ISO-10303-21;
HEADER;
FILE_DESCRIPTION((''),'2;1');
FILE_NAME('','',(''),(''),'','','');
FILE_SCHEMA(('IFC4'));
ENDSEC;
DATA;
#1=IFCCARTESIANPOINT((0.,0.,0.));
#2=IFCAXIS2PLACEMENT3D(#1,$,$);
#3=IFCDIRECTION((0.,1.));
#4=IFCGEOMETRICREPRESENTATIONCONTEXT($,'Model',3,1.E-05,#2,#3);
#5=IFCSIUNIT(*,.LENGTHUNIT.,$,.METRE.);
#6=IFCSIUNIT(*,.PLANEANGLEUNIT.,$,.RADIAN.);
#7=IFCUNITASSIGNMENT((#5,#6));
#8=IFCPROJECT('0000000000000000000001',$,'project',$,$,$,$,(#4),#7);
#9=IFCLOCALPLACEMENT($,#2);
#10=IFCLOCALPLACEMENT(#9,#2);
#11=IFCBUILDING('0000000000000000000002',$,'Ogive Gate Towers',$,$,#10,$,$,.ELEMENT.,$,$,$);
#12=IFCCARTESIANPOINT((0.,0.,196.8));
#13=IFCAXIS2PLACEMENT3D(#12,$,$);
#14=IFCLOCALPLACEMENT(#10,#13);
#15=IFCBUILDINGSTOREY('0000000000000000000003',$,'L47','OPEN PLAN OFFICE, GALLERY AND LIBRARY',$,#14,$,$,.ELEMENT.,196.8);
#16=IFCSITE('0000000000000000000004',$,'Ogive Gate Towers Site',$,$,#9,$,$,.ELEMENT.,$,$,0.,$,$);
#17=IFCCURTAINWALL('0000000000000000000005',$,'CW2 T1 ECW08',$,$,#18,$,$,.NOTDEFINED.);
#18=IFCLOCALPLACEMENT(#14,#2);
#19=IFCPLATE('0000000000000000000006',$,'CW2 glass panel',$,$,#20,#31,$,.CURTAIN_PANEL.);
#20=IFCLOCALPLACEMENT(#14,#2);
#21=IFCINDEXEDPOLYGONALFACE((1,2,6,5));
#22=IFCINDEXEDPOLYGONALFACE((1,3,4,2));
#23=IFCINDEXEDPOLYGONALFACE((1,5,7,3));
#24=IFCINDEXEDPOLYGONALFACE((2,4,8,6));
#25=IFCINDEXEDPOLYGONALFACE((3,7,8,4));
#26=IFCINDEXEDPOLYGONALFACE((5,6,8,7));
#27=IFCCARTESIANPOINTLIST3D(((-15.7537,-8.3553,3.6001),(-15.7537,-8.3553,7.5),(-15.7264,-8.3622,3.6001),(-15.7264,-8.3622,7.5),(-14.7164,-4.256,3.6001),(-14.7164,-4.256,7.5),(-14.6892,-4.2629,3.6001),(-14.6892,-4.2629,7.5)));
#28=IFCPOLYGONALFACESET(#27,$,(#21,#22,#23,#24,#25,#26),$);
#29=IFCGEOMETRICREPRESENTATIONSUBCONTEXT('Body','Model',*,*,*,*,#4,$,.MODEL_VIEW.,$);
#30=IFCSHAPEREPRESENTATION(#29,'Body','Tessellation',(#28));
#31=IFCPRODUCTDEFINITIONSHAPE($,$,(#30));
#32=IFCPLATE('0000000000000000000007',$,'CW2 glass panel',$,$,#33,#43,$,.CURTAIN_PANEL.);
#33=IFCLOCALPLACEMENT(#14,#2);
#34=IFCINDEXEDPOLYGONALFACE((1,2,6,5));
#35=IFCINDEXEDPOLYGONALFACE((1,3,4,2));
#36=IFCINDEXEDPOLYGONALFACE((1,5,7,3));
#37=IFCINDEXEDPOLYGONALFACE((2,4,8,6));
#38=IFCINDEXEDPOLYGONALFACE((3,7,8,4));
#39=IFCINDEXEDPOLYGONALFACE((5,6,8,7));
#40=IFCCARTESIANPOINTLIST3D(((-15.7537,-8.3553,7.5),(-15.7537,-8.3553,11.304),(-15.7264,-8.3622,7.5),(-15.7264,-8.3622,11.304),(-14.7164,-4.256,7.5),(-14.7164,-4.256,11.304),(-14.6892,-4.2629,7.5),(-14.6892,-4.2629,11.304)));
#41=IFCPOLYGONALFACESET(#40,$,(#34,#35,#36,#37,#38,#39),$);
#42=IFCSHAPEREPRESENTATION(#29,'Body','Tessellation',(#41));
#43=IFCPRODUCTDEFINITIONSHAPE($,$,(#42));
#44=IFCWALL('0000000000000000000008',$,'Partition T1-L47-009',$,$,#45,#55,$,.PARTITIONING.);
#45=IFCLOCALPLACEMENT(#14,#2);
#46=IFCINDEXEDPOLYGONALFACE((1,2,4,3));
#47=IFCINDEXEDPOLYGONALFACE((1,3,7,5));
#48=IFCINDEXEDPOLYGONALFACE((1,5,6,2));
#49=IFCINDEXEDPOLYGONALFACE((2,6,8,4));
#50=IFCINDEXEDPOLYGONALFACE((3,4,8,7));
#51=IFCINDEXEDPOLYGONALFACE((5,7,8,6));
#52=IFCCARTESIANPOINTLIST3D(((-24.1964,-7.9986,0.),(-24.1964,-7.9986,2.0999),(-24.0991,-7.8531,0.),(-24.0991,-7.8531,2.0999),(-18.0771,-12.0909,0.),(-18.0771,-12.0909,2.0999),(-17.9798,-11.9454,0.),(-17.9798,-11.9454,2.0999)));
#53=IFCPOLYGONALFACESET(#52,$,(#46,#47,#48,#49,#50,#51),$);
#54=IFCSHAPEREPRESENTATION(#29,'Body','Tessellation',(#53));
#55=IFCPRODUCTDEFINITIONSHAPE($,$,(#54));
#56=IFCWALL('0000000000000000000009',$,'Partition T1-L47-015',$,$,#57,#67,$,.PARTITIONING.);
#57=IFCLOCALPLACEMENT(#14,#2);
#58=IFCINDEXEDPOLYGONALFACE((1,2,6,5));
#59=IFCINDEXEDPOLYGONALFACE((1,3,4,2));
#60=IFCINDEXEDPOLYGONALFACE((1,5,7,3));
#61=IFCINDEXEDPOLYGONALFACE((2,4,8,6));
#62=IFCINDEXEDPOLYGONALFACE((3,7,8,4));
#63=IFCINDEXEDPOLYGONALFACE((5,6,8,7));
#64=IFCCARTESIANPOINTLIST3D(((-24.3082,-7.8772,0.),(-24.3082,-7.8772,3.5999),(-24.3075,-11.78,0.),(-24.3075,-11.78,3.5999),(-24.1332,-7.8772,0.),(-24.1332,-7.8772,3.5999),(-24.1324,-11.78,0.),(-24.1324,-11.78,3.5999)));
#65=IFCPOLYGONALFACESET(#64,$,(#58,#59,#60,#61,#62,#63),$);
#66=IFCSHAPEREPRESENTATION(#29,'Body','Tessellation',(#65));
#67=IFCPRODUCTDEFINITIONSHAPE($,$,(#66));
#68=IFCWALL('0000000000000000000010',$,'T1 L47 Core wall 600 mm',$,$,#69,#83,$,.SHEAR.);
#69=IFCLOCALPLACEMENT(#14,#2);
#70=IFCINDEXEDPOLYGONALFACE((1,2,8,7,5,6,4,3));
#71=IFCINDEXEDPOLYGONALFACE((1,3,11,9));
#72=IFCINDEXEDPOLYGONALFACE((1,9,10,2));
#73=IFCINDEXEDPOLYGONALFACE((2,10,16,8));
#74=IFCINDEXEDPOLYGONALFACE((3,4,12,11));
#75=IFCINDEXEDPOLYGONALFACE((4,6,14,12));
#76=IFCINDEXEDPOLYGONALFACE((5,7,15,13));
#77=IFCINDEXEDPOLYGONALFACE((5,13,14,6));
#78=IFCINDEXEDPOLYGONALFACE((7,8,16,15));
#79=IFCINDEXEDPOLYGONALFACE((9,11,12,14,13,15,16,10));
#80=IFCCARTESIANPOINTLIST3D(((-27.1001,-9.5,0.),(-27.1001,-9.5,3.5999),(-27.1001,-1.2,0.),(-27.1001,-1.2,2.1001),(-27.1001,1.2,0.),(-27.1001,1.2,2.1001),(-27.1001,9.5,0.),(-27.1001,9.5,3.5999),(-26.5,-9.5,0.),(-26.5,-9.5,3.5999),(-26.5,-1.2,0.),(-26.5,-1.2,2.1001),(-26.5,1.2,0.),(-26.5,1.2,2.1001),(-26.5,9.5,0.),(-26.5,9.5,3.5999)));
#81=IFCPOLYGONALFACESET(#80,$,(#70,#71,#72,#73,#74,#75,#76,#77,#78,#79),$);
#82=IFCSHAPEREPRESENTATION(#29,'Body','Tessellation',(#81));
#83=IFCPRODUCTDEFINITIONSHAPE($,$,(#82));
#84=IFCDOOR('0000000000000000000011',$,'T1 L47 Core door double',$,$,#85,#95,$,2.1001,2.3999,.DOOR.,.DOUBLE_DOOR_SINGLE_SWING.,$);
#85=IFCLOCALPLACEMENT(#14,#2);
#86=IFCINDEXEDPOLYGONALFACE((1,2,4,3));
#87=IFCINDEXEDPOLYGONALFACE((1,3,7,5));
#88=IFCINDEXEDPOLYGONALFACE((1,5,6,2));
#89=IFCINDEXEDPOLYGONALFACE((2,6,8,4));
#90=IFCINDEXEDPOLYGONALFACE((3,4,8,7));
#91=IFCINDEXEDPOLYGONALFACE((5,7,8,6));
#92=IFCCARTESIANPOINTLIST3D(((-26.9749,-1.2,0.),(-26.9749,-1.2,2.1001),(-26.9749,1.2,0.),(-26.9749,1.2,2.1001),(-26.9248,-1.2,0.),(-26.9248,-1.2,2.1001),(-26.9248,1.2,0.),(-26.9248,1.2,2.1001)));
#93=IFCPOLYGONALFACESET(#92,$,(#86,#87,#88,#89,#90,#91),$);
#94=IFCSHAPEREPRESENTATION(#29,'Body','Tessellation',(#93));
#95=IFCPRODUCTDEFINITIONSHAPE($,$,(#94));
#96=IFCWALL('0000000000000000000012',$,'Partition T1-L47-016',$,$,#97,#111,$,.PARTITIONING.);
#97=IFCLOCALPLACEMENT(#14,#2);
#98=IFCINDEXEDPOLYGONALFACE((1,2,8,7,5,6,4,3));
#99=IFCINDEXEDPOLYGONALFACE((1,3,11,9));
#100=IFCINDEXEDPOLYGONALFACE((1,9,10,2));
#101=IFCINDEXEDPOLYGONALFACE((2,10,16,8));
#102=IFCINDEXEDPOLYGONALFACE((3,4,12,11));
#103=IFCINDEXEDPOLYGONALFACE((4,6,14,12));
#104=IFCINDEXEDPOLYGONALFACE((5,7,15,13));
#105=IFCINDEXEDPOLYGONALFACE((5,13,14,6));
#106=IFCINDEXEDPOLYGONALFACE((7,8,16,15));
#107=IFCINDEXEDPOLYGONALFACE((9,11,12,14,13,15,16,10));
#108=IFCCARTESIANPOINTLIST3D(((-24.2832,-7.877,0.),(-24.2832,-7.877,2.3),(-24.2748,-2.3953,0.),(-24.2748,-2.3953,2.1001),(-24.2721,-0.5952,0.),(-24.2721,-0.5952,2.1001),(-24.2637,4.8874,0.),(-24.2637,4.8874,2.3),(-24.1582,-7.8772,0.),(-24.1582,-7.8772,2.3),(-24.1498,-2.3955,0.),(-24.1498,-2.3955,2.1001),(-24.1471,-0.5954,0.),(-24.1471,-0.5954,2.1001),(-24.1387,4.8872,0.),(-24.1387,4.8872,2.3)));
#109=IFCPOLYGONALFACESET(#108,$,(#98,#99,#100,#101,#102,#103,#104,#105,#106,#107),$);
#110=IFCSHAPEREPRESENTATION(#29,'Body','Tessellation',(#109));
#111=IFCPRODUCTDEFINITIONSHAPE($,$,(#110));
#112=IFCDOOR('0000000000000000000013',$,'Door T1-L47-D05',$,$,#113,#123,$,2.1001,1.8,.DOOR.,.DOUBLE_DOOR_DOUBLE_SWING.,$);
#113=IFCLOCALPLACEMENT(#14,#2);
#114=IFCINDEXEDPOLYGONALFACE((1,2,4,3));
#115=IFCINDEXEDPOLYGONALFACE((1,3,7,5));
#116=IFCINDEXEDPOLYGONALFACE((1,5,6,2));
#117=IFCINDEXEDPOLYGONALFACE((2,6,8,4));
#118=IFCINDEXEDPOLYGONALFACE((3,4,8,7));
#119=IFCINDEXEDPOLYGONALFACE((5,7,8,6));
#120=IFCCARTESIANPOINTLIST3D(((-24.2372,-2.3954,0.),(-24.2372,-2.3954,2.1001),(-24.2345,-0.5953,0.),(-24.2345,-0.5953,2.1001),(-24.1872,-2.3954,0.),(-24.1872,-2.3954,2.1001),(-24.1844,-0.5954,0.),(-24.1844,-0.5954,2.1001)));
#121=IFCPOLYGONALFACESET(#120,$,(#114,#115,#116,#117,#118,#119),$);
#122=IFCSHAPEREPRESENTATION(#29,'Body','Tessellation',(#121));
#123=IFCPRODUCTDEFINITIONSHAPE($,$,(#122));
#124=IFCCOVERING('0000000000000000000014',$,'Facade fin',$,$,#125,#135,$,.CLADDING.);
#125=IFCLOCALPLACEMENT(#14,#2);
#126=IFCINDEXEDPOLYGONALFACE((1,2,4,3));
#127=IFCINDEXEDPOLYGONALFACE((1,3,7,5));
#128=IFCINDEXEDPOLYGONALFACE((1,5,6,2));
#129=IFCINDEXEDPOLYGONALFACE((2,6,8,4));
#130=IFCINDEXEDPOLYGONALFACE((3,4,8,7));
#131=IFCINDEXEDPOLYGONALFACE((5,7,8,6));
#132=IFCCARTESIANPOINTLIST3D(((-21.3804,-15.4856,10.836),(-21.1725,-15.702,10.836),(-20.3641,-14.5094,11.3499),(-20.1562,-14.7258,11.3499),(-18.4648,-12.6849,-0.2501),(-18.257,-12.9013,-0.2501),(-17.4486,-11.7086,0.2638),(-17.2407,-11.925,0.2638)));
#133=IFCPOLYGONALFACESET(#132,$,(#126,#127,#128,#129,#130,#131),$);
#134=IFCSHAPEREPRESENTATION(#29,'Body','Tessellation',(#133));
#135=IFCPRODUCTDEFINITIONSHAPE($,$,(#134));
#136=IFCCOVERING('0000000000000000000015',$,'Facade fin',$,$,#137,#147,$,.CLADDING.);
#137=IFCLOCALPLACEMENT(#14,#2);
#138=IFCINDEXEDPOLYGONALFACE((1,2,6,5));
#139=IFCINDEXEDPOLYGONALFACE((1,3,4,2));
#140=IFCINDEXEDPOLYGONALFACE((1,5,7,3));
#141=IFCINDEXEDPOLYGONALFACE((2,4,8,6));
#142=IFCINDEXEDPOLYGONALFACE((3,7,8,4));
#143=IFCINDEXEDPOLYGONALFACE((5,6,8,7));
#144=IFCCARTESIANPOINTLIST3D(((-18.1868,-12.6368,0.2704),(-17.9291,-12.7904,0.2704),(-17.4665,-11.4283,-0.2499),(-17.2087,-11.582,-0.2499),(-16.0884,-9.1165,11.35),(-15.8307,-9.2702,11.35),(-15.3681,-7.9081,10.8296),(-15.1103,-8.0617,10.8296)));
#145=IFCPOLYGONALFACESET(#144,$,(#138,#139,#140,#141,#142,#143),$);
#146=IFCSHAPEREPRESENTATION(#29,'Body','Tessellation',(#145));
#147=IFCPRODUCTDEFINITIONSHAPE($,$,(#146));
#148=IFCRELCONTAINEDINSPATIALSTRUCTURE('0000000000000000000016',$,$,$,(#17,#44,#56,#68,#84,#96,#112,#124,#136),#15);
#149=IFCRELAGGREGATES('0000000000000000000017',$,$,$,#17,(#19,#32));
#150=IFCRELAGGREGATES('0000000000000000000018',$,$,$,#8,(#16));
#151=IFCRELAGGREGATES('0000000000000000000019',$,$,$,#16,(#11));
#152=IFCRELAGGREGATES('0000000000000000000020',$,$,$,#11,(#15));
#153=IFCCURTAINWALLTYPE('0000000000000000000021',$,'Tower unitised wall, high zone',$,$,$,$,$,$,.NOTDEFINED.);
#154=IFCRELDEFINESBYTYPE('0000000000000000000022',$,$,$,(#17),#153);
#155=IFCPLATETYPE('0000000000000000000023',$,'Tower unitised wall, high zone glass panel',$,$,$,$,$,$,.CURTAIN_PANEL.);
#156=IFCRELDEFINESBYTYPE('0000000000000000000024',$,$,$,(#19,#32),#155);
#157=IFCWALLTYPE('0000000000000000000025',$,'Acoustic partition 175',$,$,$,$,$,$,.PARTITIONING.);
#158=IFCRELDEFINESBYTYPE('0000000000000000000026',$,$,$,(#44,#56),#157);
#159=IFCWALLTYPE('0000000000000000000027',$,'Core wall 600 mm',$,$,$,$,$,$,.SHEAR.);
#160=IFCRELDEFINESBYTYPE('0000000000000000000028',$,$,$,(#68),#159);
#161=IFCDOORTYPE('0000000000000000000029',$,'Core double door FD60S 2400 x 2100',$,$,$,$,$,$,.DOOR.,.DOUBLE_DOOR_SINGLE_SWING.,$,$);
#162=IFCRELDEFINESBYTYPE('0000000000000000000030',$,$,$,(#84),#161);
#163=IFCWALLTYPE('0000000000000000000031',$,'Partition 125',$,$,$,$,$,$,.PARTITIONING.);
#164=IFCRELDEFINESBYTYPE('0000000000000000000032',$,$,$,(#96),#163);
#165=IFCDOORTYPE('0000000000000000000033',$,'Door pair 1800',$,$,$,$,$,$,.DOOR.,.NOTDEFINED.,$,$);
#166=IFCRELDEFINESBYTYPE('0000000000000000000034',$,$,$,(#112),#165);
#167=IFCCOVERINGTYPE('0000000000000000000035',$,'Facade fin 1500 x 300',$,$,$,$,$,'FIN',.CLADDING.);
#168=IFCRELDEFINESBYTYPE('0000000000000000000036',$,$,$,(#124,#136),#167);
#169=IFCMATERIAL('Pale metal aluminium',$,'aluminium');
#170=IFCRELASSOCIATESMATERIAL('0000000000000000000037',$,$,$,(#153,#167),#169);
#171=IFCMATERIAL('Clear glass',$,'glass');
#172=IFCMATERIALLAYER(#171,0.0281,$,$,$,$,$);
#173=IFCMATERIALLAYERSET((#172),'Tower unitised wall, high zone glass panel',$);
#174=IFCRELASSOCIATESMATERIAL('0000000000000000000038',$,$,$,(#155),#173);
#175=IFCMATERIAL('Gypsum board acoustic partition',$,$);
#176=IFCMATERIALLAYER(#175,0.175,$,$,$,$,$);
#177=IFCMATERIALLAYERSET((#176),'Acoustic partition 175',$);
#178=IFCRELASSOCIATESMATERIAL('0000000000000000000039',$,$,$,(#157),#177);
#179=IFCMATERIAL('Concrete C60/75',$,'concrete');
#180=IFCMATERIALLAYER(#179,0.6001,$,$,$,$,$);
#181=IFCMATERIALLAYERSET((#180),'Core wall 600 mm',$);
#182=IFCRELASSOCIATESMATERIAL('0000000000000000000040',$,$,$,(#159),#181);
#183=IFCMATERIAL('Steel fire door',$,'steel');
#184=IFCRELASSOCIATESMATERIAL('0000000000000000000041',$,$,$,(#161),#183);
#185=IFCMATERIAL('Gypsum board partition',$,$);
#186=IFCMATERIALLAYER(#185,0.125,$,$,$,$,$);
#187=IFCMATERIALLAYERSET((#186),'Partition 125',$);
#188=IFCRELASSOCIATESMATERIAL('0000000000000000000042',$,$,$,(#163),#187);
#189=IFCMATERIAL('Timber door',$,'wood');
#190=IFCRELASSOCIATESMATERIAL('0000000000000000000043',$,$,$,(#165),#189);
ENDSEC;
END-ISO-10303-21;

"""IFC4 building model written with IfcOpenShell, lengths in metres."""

from ifc_helpers import new_model, si_unit, direction, frame, frame_2d, origin, origin_2d, place, context, subcontext, project, spatial, rectangle, extrude, material, layer, layer_set, material_profile, profile_set, type_object, element, fill, aggregate, save


model = new_model("IFC4")

# Units and contexts
model_context = context("Model", 3, precision=1e-05, world=origin(), true_north=direction((0.0, 1.0)))
body_context = subcontext(model_context, "Body", "Model", "MODEL_VIEW")
ifc_project = project(units=[si_unit("LENGTHUNIT", "METRE"), si_unit("PLANEANGLEUNIT", "RADIAN")], contexts=[model_context])

# Site, building, storey
site_placement = place(None, origin())
site = spatial("IfcSite", under=ifc_project, at=site_placement, Name="Ogive Gate Towers Site", CompositionType="ELEMENT", RefElevation=0.0)
building_placement = place(site_placement, origin())
building = spatial("IfcBuilding", under=site, at=building_placement, Name="Ogive Gate Towers", CompositionType="ELEMENT")
storey_placement = place(building_placement, frame((0.0, 0.0, 196.8)))
storey = spatial("IfcBuildingStorey", under=building, at=storey_placement, Name="L47", Description="OPEN PLAN OFFICE, GALLERY AND LIBRARY", CompositionType="ELEMENT", Elevation=196.8)

# Curtain wall, plates
ifc_material_1 = material(Name="Pale metal aluminium", Category="aluminium")
curtain_wall_type = type_object("IfcCurtainWallType", Name="Tower unitised wall, high zone", PredefinedType="NOTDEFINED", material=ifc_material_1)
curtain_wall_placement = place(storey_placement, origin())
curtain_wall = element("IfcCurtainWall", 1, at=curtain_wall_placement, inside=storey, type_object=curtain_wall_type, Name="CW2 T1 ECW08", PredefinedType="NOTDEFINED")
ifc_material_2 = material(Name="Clear glass", Category="glass")
ifc_layer_1 = layer(ifc_material_2, 0.0281)
ifc_layer_set_1 = layer_set([ifc_layer_1], Name="Tower unitised wall, high zone glass panel")
plate_type = type_object("IfcPlateType", Name="Tower unitised wall, high zone glass panel", PredefinedType="CURTAIN_PANEL", material=ifc_layer_set_1)
plate_1_placement = place(storey_placement, frame((-15.2214, -6.3091, 3.6001), z_axis=(0.0, 0.0, 1.0), x_axis=(0.24529, 0.96945, 0.0)))
plate_1 = element("IfcPlate", 2, at=plate_1_placement, type_object=plate_type, Name="CW2 glass panel", PredefinedType="CURTAIN_PANEL", context=body_context, shape_type="SweptSolid", body=[
    extrude(rectangle(XDim=4.2285, YDim=0.0281, at=origin_2d()), origin(), (0.0, 0.0, 1.0), 3.8999),
])
plate_2_placement = place(storey_placement, frame((-15.2214, -6.3091, 7.5), z_axis=(0.0, 0.0, 1.0), x_axis=(0.24529, 0.96945, 0.0)))
plate_2 = element("IfcPlate", 3, at=plate_2_placement, type_object=plate_type, Name="CW2 glass panel", PredefinedType="CURTAIN_PANEL", context=body_context, shape_type="SweptSolid", body=[
    extrude(rectangle(XDim=4.2285, YDim=0.0281, at=origin_2d()), origin(), (0.0, 0.0, 1.0), 3.804),
])
aggregate(curtain_wall, [plate_1, plate_2])

# Walls
ifc_material_3 = material(Name="Gypsum board acoustic partition")
ifc_layer_2 = layer(ifc_material_3, 0.175)
ifc_layer_set_2 = layer_set([ifc_layer_2], Name="Acoustic partition 175")
wall_type_1 = type_object("IfcWallType", Name="Acoustic partition 175", PredefinedType="PARTITIONING", material=ifc_layer_set_2)
wall_1_placement = place(storey_placement, frame((-18.0286, -12.0181, 0.0), z_axis=(0.0, 0.0, 1.0), x_axis=(-0.831254, 0.555894, 0.0)))
element("IfcWall", 4, at=wall_1_placement, inside=storey, type_object=wall_type_1, Name="Partition T1-L47-009", PredefinedType="PARTITIONING", context=body_context, shape_type="SweptSolid", body=[
    extrude(rectangle(XDim=7.3616, YDim=0.175, at=frame_2d((3.6807, 0.0))), origin(), (0.0, 0.0, 1.0), 2.0999),
])
wall_2_placement = place(storey_placement, frame((-24.22, -11.78, 0.0), z_axis=(0.0, 0.0, 1.0), x_axis=(-0.000188, 1.0, 0.0)))
element("IfcWall", 5, at=wall_2_placement, inside=storey, type_object=wall_type_1, Name="Partition T1-L47-015", PredefinedType="PARTITIONING", context=body_context, shape_type="SweptSolid", body=[
    extrude(rectangle(XDim=3.9028, YDim=0.175, at=frame_2d((1.9514, 0.0))), origin(), (0.0, 0.0, 1.0), 3.5999),
])

# Walls, openings, doors
ifc_material_4 = material(Name="Concrete C60/75", Category="concrete")
ifc_layer_3 = layer(ifc_material_4, 0.6001)
ifc_layer_set_3 = layer_set([ifc_layer_3], Name="Core wall 600 mm")
wall_type_2 = type_object("IfcWallType", Name="Core wall 600 mm", PredefinedType="SHEAR", material=ifc_layer_set_3)
wall_3_placement = place(storey_placement, frame((-26.8, -9.5, 0.0), z_axis=(0.0, 0.0, 1.0), x_axis=(0.0, 1.0, 0.0)))
wall_3 = element("IfcWall", 6, at=wall_3_placement, inside=storey, type_object=wall_type_2, Name="T1 L47 Core wall 600 mm", PredefinedType="SHEAR", context=body_context, shape_type="SweptSolid", body=[
    extrude(rectangle(XDim=19.0, YDim=0.6001, at=frame_2d((9.5, 0.0))), origin(), (0.0, 0.0, 1.0), 3.5999),
])
opening_1_placement = place(wall_3_placement, frame((8.3, 0.0, 0.0)))
opening_1 = element("IfcOpeningElement", 7, at=opening_1_placement, cuts=wall_3, PredefinedType="OPENING", context=body_context, shape_type="SweptSolid", body=[
    extrude(rectangle(XDim=2.3999, YDim=2.1001, at=frame_2d((1.2, 1.05))), frame((0.0, 0.3101, 0.0), z_axis=(0.0, -1.0, 0.0), x_axis=(1.0, 0.0, 0.0)), (0.0, 0.0, 1.0), 0.6201),
])
ifc_material_5 = material(Name="Steel fire door", Category="steel")
door_type_1 = type_object("IfcDoorType", Name="Core double door FD60S 2400 x 2100", OperationType="DOUBLE_DOOR_SINGLE_SWING", PredefinedType="DOOR", material=ifc_material_5)
door_1_placement = place(opening_1_placement, origin())
door_1 = element("IfcDoor", 8, at=door_1_placement, inside=storey, type_object=door_type_1, Name="T1 L47 Core door double", OperationType="DOUBLE_DOOR_SINGLE_SWING", OverallHeight=2.1001, OverallWidth=2.3999, PredefinedType="DOOR", context=body_context, shape_type="SweptSolid", body=[
    extrude(rectangle(XDim=2.3999, YDim=2.1001, at=frame_2d((1.2, 1.05))), frame((0.0, 0.1748, 0.0), z_axis=(0.0, -1.0, 0.0), x_axis=(1.0, 0.0, 0.0)), (0.0, 0.0, 1.0), 0.05),
])
fill(opening_1, door_1)
ifc_material_6 = material(Name="Gypsum board partition")
ifc_layer_4 = layer(ifc_material_6, 0.125)
ifc_layer_set_4 = layer_set([ifc_layer_4], Name="Partition 125")
wall_type_3 = type_object("IfcWallType", Name="Partition 125", PredefinedType="PARTITIONING", material=ifc_layer_set_4)
wall_4_placement = place(storey_placement, frame((-24.2207, -7.8772, 0.0), z_axis=(0.0, 0.0, 1.0), x_axis=(0.00153, 0.999999, 0.0)))
wall_4 = element("IfcWall", 9, at=wall_4_placement, inside=storey, type_object=wall_type_3, Name="Partition T1-L47-016", PredefinedType="PARTITIONING", context=body_context, shape_type="SweptSolid", body=[
    extrude(rectangle(XDim=12.7644, YDim=0.125, at=frame_2d((6.3823, 0.0))), origin(), (0.0, 0.0, 1.0), 2.3),
])
opening_2_placement = place(wall_4_placement, frame((5.4819, 0.0, 0.0)))
opening_2 = element("IfcOpeningElement", 10, at=opening_2_placement, cuts=wall_4, PredefinedType="OPENING", context=body_context, shape_type="SweptSolid", body=[
    extrude(rectangle(XDim=1.8, YDim=2.1001, at=frame_2d((0.8999, 1.05))), frame((0.0, 0.0725, 0.0), z_axis=(0.0, -1.0, 0.0), x_axis=(1.0, 0.0, 0.0)), (0.0, 0.0, 1.0), 0.145),
])
ifc_material_7 = material(Name="Timber door", Category="wood")
door_type_2 = type_object("IfcDoorType", Name="Door pair 1800", OperationType="NOTDEFINED", PredefinedType="DOOR", material=ifc_material_7)
door_2_placement = place(opening_2_placement, origin())
door_2 = element("IfcDoor", 11, at=door_2_placement, inside=storey, type_object=door_type_2, Name="Door T1-L47-D05", OperationType="DOUBLE_DOOR_DOUBLE_SWING", OverallHeight=2.1001, OverallWidth=1.8, PredefinedType="DOOR", context=body_context, shape_type="SweptSolid", body=[
    extrude(rectangle(XDim=1.8, YDim=2.1001, at=frame_2d((0.8999, 1.05))), frame((0.0, 0.0249, 0.0), z_axis=(0.0, -1.0, 0.0), x_axis=(1.0, 0.0, 0.0)), (0.0, 0.0, 1.0), 0.05),
])
fill(opening_2, door_2)

# Coverings
ifc_material_profile_1 = material_profile(ifc_material_1, rectangle(XDim=0.3, YDim=1.5, at=origin_2d()), Name="1500 x 300 pale metal aluminium")
ifc_profile_set_1 = profile_set([ifc_material_profile_1], Name="Pale metal aluminium")
covering_type = type_object("IfcCoveringType", Name="Facade fin 1500 x 300", ElementType="FIN", PredefinedType="CLADDING", material=ifc_profile_set_1)
covering_1_placement = place(storey_placement, frame((-17.8528, -12.3049, 0.0068), z_axis=(-0.247071, -0.237347, 0.93948), x_axis=(0.692773, -0.721156, 0.0)))
element("IfcCovering", 12, at=covering_1_placement, inside=storey, type_object=covering_type, Name="Facade fin", PredefinedType="CLADDING", context=body_context, shape_type="SweptSolid", body=[
    extrude(rectangle(XDim=0.3, YDim=1.5, at=origin_2d()), origin(), (0.0, 0.0, 1.0), 11.8003),
])
covering_2_placement = place(storey_placement, frame((-17.6978, -12.1094, 0.0103), z_axis=(0.17763, 0.297993, 0.937895), x_axis=(-0.858972, 0.512023, 0.0)))
element("IfcCovering", 13, at=covering_2_placement, inside=storey, type_object=covering_type, Name="Facade fin", PredefinedType="CLADDING", context=body_context, shape_type="SweptSolid", body=[
    extrude(rectangle(XDim=0.3, YDim=1.5, at=origin_2d()), origin(), (0.0, 0.0, 1.0), 11.8132),
])

save(model, "model.ifc")
